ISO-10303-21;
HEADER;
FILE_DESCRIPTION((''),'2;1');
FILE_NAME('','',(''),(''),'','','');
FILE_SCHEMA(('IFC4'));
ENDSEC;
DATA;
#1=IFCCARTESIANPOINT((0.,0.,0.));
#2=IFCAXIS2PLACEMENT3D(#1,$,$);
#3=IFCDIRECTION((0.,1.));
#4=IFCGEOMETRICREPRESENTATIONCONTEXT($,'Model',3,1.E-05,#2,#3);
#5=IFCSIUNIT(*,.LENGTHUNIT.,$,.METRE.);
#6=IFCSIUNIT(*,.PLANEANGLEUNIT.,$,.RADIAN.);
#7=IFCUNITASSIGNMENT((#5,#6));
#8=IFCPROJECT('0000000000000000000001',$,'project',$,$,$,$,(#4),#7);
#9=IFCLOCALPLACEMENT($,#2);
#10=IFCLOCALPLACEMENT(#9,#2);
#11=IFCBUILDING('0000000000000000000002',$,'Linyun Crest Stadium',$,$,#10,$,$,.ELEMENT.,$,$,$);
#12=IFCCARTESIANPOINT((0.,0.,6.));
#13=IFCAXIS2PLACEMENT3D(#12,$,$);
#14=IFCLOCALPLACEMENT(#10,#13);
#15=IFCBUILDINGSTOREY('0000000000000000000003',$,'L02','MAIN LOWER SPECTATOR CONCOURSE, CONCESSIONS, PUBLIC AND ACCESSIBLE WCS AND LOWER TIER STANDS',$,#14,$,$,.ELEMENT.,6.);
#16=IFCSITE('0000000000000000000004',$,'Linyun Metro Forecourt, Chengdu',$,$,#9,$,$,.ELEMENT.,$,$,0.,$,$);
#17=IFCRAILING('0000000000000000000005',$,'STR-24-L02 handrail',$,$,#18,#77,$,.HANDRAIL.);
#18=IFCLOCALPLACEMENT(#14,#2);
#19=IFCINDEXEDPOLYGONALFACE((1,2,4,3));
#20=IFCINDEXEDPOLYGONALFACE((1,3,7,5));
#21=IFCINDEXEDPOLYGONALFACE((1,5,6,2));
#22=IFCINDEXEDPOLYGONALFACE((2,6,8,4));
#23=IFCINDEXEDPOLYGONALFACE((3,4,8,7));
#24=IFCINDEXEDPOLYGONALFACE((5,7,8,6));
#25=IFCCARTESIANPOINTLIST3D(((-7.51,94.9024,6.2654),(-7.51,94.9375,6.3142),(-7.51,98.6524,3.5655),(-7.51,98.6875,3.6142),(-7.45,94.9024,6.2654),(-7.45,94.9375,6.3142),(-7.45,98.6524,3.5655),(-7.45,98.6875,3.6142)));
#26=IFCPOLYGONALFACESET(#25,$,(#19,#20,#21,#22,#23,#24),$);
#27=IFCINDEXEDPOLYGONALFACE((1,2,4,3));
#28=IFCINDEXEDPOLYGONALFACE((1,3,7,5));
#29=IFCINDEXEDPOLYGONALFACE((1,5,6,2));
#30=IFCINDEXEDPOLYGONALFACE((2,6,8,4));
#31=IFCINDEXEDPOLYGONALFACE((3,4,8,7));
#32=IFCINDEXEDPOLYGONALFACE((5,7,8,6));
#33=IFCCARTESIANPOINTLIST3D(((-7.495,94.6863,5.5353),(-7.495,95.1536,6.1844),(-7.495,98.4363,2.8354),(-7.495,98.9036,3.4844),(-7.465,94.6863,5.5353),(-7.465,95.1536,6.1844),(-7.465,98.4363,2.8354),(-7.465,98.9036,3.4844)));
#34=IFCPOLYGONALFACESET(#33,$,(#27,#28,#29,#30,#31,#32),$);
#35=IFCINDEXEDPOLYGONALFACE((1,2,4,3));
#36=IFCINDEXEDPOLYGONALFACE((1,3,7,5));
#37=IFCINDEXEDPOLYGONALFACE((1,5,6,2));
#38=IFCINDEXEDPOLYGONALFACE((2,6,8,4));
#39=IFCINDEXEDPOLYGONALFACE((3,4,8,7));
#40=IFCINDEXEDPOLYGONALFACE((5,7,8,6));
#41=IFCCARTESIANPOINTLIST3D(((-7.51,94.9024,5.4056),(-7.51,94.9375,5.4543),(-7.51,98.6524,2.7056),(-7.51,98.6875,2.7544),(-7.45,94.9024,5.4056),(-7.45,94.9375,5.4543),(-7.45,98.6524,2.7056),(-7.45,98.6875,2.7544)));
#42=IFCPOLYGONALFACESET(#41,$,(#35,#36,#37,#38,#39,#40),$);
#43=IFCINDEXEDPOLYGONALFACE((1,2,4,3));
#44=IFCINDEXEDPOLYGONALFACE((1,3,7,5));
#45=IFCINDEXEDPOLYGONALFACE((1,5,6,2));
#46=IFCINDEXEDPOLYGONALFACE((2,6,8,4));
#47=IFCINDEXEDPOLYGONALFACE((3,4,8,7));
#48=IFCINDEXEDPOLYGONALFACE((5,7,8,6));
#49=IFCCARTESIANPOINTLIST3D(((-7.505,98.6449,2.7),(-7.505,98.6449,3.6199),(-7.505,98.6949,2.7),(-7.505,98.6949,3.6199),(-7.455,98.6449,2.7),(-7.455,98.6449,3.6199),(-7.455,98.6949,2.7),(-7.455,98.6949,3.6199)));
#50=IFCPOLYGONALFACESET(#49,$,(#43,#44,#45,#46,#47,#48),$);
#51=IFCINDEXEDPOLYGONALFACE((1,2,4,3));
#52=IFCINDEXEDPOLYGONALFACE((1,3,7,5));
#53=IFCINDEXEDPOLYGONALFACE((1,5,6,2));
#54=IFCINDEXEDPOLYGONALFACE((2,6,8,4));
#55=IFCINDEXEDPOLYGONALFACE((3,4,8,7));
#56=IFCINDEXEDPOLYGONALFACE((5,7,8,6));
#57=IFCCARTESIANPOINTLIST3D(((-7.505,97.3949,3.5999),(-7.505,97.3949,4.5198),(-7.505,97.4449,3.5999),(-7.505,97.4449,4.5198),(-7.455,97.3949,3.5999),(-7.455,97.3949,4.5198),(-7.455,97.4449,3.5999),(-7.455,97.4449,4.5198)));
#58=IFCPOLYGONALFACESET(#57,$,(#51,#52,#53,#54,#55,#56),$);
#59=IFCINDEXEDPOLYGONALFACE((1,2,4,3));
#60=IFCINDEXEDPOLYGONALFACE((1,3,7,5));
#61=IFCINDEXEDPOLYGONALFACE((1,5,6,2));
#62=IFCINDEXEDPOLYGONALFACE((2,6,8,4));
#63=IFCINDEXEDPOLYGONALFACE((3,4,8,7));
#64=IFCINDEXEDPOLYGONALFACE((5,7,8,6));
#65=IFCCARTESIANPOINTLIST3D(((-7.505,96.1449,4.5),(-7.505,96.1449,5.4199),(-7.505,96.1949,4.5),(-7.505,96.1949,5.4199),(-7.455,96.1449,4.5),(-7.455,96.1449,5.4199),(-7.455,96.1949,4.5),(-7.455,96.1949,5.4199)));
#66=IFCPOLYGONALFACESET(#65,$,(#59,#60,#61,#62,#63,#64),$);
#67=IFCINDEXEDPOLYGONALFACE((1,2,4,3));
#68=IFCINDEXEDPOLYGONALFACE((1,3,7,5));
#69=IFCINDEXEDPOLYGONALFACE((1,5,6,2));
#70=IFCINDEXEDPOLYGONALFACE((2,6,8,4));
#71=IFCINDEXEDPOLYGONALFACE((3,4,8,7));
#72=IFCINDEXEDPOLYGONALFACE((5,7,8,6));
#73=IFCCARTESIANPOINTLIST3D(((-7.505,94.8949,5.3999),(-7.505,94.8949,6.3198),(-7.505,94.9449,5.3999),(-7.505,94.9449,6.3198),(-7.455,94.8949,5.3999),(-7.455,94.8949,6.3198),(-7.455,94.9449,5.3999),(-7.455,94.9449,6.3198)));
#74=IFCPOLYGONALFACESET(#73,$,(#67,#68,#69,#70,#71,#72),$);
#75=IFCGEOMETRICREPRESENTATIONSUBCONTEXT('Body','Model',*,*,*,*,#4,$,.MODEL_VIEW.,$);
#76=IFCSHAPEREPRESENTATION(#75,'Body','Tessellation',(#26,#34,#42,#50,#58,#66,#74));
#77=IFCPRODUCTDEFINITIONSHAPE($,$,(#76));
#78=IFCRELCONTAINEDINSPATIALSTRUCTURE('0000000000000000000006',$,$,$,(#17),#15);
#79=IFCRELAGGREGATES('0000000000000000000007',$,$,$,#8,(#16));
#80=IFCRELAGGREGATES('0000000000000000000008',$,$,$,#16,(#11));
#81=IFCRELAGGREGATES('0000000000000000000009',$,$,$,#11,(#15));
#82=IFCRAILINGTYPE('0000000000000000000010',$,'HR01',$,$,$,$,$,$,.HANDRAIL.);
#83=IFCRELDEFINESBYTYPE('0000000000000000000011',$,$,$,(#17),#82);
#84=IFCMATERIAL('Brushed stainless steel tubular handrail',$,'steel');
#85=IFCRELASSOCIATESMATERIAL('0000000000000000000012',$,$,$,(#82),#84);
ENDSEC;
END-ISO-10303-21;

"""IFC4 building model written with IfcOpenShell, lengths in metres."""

from ifc_helpers import new_model, si_unit, direction, frame, origin, origin_2d, place, context, subcontext, project, spatial, rectangle, extrude, material, type_object, element, save


model = new_model("IFC4")

# Units and contexts
model_context = context("Model", 3, precision=1e-05, world=origin(), true_north=direction((0.0, 1.0)))
body_context = subcontext(model_context, "Body", "Model", "MODEL_VIEW")
ifc_project = project(units=[si_unit("LENGTHUNIT", "METRE"), si_unit("PLANEANGLEUNIT", "RADIAN")], contexts=[model_context])

# Site, building, storey
site_placement = place(None, origin())
site = spatial("IfcSite", under=ifc_project, at=site_placement, Name="Linyun Metro Forecourt, Chengdu", CompositionType="ELEMENT", RefElevation=0.0)
building_placement = place(site_placement, origin())
building = spatial("IfcBuilding", under=site, at=building_placement, Name="Linyun Crest Stadium", CompositionType="ELEMENT")
storey_placement = place(building_placement, frame((0.0, 0.0, 6.0)))
storey = spatial("IfcBuildingStorey", under=building, at=storey_placement, Name="L02", Description="MAIN LOWER SPECTATOR CONCOURSE, CONCESSIONS, PUBLIC AND ACCESSIBLE WCS AND LOWER TIER STANDS", CompositionType="ELEMENT", Elevation=6.0)

# Railing
ifc_material_1 = material(Name="Brushed stainless steel tubular handrail", Category="steel")
railing_type_1 = type_object("IfcRailingType", Name="HR01", PredefinedType="HANDRAIL", material=ifc_material_1)
railing_1_placement = place(storey_placement, frame((-7.48, 98.6699, 2.7)))
element("IfcRailing", 1, at=railing_1_placement, inside=storey, type_object=railing_type_1, Name="STR-24-L02 handrail", PredefinedType="HANDRAIL", context=body_context, shape_type="SweptSolid", body=[
    extrude(rectangle(XDim=0.0601, YDim=0.0601, at=origin_2d()), frame((0.0, 0.0, 0.8899), z_axis=(0.0, -0.811539, 0.584298), x_axis=(1.0, 0.0, 0.0)), (0.0, 0.0, 1.0), 4.6208),
    extrude(rectangle(XDim=0.03, YDim=0.7998, at=origin_2d()), frame((0.0, 0.0, 0.46), z_axis=(0.0, -0.811539, 0.584298), x_axis=(1.0, 0.0, 0.0)), (0.0, 0.0, 1.0), 4.6208),
    extrude(rectangle(XDim=0.0601, YDim=0.0601, at=origin_2d()), frame((0.0, 0.0, 0.03), z_axis=(0.0, -0.811539, 0.584298), x_axis=(1.0, 0.0, 0.0)), (0.0, 0.0, 1.0), 4.6208),
    extrude(rectangle(XDim=0.05, YDim=0.05, at=origin_2d()), origin(), (0.0, 0.0, 1.0), 0.9199),
    extrude(rectangle(XDim=0.05, YDim=0.05, at=origin_2d()), frame((0.0, -1.25, 0.8999)), (0.0, 0.0, 1.0), 0.9199),
    extrude(rectangle(XDim=0.05, YDim=0.05, at=origin_2d()), frame((0.0, -2.5, 1.8)), (0.0, 0.0, 1.0), 0.9199),
    extrude(rectangle(XDim=0.05, YDim=0.05, at=origin_2d()), frame((0.0, -3.75, 2.7)), (0.0, 0.0, 1.0), 0.9199),
])

save(model, "model.ifc")
